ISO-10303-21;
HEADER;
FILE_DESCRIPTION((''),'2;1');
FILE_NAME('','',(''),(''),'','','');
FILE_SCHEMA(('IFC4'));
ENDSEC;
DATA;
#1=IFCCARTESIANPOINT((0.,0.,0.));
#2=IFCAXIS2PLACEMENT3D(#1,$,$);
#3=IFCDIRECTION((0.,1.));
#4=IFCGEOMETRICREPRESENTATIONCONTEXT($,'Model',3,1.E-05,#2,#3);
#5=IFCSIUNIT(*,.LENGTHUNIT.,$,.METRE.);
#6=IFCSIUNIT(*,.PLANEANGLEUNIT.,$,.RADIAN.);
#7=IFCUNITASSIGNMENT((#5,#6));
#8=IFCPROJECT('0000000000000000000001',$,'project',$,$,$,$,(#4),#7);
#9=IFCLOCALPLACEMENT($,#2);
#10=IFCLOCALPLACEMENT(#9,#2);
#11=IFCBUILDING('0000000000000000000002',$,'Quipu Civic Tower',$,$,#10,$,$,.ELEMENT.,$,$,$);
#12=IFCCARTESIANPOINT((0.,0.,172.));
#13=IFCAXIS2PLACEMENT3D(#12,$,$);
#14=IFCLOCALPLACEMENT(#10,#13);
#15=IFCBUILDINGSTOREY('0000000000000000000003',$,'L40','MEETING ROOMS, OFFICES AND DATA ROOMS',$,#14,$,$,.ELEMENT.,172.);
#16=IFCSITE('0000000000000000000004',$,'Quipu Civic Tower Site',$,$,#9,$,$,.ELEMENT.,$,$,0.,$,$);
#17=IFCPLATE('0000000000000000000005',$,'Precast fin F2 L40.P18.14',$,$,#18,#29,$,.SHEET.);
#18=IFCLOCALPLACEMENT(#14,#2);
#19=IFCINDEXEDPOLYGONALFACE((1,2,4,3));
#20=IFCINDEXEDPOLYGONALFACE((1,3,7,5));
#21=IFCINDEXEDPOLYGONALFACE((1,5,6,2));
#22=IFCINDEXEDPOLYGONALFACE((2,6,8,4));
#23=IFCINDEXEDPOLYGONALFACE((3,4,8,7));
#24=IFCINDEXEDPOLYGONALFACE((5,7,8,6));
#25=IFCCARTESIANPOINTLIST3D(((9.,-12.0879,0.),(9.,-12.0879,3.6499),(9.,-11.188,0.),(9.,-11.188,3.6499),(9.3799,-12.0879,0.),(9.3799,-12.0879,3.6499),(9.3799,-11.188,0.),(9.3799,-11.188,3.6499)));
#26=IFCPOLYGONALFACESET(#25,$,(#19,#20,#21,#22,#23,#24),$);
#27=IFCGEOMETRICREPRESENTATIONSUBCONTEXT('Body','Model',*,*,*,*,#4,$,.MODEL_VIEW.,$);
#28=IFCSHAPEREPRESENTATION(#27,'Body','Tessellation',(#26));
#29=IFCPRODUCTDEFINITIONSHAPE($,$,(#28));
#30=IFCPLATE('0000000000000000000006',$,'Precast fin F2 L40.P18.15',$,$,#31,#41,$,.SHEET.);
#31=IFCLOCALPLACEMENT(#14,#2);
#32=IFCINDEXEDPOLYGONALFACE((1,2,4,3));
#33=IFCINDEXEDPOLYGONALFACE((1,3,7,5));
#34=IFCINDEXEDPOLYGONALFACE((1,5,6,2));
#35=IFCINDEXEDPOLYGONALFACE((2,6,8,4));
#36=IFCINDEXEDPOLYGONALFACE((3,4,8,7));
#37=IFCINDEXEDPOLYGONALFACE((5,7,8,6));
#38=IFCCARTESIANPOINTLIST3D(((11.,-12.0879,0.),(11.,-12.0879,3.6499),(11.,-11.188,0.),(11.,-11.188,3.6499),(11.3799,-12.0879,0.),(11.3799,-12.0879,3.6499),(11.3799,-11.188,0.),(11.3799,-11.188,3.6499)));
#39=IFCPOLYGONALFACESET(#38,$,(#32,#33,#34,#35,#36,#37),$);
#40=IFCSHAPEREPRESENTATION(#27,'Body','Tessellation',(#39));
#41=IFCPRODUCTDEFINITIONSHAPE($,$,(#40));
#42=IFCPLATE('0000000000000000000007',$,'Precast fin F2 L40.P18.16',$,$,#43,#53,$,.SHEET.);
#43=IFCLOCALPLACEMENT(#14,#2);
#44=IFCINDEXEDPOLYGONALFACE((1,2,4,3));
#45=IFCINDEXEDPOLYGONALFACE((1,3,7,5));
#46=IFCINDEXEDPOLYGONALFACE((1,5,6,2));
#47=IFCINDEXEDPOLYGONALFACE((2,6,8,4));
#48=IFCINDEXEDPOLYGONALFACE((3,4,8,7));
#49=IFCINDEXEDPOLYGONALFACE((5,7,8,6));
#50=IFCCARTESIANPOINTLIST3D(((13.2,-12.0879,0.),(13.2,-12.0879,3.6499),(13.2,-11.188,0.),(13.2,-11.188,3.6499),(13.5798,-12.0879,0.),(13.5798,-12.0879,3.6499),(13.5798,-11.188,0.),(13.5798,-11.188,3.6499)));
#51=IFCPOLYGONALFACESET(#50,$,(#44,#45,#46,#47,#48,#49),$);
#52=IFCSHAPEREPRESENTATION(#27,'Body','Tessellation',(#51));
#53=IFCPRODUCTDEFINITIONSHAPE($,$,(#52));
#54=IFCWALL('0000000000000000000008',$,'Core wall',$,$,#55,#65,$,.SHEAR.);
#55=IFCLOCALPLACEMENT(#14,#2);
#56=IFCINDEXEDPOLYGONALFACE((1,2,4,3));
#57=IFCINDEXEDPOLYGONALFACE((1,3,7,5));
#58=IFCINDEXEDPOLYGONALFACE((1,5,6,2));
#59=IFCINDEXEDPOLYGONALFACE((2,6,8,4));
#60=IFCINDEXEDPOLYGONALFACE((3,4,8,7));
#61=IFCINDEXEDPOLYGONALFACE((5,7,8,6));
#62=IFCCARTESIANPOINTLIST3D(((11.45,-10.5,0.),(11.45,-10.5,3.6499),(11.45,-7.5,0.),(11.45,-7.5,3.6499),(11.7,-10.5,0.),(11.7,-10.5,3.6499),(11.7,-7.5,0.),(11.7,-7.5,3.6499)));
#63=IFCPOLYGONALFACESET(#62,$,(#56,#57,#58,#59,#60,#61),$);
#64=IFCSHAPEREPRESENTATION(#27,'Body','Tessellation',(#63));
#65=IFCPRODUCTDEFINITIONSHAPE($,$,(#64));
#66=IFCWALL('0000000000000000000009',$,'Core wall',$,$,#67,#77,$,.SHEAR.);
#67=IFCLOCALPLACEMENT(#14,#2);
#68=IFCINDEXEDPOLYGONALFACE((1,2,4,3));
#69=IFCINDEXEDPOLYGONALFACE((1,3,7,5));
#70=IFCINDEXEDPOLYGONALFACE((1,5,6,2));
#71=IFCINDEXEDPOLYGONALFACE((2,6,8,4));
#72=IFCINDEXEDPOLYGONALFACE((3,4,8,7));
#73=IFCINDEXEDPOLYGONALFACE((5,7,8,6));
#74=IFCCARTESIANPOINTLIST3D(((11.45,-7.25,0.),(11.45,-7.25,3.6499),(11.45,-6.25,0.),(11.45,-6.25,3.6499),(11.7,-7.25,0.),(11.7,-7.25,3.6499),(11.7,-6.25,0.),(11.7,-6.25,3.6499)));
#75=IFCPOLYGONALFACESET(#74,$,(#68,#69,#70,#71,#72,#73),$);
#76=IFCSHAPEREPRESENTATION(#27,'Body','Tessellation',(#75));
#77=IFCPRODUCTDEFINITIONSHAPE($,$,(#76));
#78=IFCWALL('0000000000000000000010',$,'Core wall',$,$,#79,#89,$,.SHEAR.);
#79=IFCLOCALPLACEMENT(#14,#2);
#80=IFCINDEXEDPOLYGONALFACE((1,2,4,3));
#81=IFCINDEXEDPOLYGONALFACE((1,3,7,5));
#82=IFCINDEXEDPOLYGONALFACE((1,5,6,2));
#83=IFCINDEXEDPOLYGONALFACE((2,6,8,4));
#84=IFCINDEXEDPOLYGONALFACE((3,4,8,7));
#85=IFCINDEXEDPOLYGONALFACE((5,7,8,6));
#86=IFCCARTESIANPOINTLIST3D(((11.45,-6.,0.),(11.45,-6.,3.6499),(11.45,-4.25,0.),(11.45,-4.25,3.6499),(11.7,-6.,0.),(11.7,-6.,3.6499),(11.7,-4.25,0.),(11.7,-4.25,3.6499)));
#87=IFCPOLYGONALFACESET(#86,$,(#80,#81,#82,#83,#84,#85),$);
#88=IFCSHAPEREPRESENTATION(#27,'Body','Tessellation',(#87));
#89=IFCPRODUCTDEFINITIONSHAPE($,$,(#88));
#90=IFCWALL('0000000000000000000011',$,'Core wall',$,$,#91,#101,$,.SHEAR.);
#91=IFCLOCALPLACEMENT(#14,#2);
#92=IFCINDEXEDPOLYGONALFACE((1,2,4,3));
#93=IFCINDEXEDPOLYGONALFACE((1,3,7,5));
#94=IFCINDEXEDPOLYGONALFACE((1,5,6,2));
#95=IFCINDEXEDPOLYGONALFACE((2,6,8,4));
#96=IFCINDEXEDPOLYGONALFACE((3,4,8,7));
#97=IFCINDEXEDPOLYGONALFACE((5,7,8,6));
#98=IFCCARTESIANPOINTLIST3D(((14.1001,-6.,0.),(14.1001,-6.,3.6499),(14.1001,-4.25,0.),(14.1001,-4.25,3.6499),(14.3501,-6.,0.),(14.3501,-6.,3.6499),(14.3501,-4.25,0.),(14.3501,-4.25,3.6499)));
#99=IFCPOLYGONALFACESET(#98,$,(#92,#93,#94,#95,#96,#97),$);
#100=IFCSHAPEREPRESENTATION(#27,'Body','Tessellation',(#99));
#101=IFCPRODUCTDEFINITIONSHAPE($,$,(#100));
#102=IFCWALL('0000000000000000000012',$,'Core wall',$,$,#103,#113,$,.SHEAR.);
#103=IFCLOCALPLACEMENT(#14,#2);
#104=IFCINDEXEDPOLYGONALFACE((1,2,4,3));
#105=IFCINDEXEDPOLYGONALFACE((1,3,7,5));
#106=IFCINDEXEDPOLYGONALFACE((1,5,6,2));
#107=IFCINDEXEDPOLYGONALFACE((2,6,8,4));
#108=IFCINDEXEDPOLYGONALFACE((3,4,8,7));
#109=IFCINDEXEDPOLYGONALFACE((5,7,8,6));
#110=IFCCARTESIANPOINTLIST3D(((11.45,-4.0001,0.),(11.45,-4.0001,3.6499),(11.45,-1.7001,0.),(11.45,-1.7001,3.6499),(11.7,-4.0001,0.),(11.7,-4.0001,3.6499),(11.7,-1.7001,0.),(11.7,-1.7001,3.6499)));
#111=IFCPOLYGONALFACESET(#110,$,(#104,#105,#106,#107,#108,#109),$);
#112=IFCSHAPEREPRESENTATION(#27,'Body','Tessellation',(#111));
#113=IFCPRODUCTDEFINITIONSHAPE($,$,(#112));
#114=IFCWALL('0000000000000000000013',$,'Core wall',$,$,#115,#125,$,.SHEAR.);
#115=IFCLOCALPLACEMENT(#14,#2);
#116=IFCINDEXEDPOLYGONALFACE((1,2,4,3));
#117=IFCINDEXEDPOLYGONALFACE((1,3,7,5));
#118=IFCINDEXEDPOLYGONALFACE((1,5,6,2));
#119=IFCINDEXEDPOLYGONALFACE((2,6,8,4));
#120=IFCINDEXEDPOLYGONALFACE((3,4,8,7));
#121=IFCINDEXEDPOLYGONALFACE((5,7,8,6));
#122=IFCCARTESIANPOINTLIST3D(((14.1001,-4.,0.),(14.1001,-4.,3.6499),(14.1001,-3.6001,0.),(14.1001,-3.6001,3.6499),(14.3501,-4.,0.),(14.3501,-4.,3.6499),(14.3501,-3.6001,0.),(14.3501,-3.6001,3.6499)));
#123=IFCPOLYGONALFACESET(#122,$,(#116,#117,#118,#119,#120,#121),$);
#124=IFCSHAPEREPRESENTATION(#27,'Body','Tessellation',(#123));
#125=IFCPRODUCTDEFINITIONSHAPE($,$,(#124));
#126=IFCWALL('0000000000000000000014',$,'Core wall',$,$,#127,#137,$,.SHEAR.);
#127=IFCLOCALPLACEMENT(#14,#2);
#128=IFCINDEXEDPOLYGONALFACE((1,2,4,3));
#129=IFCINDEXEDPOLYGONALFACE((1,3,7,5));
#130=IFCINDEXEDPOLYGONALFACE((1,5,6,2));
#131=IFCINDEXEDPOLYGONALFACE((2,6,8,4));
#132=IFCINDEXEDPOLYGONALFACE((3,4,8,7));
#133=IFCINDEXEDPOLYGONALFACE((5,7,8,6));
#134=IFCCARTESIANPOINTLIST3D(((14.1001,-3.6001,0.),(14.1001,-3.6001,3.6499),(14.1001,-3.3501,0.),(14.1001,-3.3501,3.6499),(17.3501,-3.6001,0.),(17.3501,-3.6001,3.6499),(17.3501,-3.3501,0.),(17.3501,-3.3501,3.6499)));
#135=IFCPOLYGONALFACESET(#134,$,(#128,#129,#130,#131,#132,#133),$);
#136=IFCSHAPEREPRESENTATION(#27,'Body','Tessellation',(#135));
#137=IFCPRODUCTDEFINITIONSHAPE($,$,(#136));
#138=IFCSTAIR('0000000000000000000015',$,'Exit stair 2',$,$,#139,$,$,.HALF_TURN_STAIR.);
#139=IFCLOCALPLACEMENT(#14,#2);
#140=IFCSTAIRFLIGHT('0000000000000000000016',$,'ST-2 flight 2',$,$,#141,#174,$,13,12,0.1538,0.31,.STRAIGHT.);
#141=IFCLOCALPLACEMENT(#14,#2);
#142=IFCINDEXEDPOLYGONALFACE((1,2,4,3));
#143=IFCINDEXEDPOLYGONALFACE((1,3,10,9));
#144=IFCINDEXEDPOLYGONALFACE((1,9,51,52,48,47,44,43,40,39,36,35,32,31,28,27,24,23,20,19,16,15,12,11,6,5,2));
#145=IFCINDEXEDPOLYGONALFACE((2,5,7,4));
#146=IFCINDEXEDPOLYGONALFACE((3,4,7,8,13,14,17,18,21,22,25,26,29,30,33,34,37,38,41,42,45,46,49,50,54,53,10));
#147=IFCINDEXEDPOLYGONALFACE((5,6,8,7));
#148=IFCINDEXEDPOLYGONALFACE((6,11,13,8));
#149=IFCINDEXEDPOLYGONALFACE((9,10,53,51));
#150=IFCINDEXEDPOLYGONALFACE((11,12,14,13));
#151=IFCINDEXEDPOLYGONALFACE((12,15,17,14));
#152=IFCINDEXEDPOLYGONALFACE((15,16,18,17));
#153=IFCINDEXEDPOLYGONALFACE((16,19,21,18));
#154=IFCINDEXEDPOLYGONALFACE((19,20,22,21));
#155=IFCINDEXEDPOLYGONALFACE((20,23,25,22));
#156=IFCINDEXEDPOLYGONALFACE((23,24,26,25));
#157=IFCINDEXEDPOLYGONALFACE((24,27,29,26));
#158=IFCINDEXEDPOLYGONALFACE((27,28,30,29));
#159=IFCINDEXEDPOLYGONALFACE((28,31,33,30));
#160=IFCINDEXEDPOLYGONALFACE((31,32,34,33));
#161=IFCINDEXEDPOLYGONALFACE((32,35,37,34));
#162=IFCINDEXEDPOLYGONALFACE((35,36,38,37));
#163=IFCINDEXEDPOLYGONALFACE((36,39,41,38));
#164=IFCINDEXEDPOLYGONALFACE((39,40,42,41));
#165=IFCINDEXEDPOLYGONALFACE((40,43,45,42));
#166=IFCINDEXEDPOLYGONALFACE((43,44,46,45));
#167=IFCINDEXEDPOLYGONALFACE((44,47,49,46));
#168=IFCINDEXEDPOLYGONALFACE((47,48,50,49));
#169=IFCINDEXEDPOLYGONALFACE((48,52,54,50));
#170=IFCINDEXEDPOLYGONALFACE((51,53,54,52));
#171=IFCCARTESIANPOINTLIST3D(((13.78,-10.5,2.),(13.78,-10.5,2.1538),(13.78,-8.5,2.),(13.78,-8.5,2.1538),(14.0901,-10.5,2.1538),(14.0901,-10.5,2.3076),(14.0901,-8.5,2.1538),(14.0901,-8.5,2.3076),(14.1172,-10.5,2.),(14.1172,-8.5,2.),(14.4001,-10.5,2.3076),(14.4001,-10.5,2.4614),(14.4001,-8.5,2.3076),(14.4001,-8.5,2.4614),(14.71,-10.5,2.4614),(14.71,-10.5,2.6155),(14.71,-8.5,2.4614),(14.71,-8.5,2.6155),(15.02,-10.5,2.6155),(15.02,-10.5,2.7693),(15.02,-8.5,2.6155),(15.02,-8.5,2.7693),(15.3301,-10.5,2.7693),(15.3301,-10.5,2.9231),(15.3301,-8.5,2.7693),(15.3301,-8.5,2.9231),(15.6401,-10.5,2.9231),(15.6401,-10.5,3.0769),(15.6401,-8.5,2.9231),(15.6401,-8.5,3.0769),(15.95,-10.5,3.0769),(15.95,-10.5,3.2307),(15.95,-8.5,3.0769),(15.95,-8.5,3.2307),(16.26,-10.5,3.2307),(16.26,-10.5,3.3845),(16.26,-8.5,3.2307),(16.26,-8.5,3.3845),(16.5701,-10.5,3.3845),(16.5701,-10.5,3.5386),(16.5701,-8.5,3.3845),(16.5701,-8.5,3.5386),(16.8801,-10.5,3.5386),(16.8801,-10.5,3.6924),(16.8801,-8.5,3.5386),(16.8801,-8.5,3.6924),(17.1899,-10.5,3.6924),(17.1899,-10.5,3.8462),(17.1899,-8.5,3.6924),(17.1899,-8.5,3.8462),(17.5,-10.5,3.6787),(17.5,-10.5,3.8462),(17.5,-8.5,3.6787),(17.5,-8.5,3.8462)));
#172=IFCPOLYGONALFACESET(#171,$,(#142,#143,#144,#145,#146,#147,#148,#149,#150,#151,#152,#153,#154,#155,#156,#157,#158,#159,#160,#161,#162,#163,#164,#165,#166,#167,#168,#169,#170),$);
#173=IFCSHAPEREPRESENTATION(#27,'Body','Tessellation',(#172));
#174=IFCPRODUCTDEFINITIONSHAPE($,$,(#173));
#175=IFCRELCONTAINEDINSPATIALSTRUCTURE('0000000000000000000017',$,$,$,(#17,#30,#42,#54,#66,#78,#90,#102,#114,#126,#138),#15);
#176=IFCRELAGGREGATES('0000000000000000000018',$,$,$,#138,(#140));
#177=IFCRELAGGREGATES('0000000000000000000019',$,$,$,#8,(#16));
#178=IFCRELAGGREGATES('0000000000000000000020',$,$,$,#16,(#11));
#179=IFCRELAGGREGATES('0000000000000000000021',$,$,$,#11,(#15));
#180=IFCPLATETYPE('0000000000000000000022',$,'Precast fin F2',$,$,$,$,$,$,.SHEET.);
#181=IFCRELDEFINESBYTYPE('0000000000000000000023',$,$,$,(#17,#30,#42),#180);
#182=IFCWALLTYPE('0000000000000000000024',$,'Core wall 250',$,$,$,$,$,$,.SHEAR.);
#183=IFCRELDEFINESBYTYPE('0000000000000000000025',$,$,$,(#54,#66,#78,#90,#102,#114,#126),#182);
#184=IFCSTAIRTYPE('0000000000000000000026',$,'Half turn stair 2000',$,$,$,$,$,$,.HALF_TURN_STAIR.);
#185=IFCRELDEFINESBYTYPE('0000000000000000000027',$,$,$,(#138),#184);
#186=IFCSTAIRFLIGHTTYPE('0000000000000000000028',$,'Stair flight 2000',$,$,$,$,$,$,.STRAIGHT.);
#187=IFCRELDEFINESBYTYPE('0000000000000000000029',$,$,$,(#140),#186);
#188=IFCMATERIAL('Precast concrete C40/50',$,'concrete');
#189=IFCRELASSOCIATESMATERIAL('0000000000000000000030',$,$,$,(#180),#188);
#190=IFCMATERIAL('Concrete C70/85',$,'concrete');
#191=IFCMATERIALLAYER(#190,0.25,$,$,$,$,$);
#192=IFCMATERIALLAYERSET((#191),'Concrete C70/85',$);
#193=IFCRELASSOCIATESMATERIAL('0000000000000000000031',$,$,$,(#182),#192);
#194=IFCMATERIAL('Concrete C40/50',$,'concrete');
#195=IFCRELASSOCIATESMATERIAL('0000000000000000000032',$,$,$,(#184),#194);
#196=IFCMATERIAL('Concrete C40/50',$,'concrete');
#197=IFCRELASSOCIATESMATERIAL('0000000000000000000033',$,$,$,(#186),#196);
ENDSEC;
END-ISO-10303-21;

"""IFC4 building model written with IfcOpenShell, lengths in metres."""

from ifc_helpers import new_model, si_unit, direction, frame, frame_2d, origin, origin_2d, place, context, subcontext, project, spatial, polyline, rectangle, outline, extrude, material, layer, layer_set, type_object, element, aggregate, save


model = new_model("IFC4")

# Units and contexts
model_context = context("Model", 3, precision=1e-05, world=origin(), true_north=direction((0.0, 1.0)))
body_context = subcontext(model_context, "Body", "Model", "MODEL_VIEW")
ifc_project = project(units=[si_unit("LENGTHUNIT", "METRE"), si_unit("PLANEANGLEUNIT", "RADIAN")], contexts=[model_context])

# Site, building, storey
site_placement = place(None, origin())
site = spatial("IfcSite", under=ifc_project, at=site_placement, Name="Quipu Civic Tower Site", CompositionType="ELEMENT", RefElevation=0.0)
building_placement = place(site_placement, origin())
building = spatial("IfcBuilding", under=site, at=building_placement, Name="Quipu Civic Tower", CompositionType="ELEMENT")
storey_placement = place(building_placement, frame((0.0, 0.0, 172.0)))
storey = spatial("IfcBuildingStorey", under=building, at=storey_placement, Name="L40", Description="MEETING ROOMS, OFFICES AND DATA ROOMS", CompositionType="ELEMENT", Elevation=172.0)

# Plates
ifc_material_1 = material(Name="Precast concrete C40/50", Category="concrete")
plate_type = type_object("IfcPlateType", Name="Precast fin F2", PredefinedType="SHEET", material=ifc_material_1)
for number, where, z_axis, x_axis, name in (
    (1, (9.1899, -11.6379, 0.0), (0.0, 0.0, 1.0), (1.0, 0.0, 0.0), "Precast fin F2 L40.P18.14"),
    (2, (11.1899, -11.6379, 0.0), (0.0, 0.0, 1.0), (1.0, 0.0, 0.0), "Precast fin F2 L40.P18.15"),
    (3, (13.3899, -11.6379, 0.0), (0.0, 0.0, 1.0), (1.0, 0.0, 0.0), "Precast fin F2 L40.P18.16"),
):
    element("IfcPlate", number, at=place(storey_placement, frame(where, z_axis=z_axis, x_axis=x_axis)), inside=storey, type_object=plate_type, Name=name, PredefinedType="SHEET", context=body_context, shape_type="SweptSolid", body=[
        extrude(rectangle(XDim=0.3799, YDim=0.8999, at=origin_2d()), origin(), (0.0, 0.0, 1.0), 3.6499),
    ])

# Wall
ifc_material_2 = material(Name="Concrete C70/85", Category="concrete")
ifc_layer = layer(ifc_material_2, 0.25)
ifc_layer_set = layer_set([ifc_layer], Name="Concrete C70/85")
wall_type = type_object("IfcWallType", Name="Core wall 250", PredefinedType="SHEAR", material=ifc_layer_set)
wall_1_placement = place(storey_placement, frame((11.575, -10.5, 0.0), z_axis=(0.0, 0.0, 1.0), x_axis=(0.0, 1.0, 0.0)))
element("IfcWall", 4, at=wall_1_placement, inside=storey, type_object=wall_type, Name="Core wall", PredefinedType="SHEAR", context=body_context, shape_type="SweptSolid", body=[
    extrude(rectangle(XDim=3.0, YDim=0.25, at=frame_2d((1.5, 0.0))), origin(), (0.0, 0.0, 1.0), 3.6499),
])

# Walls
wall_2_placement = place(storey_placement, frame((11.575, -7.25, 0.0), z_axis=(0.0, 0.0, 1.0), x_axis=(0.0, 1.0, 0.0)))
element("IfcWall", 5, at=wall_2_placement, inside=storey, type_object=wall_type, Name="Core wall", PredefinedType="SHEAR", context=body_context, shape_type="SweptSolid", body=[
    extrude(rectangle(XDim=1.0, YDim=0.25, at=frame_2d((0.5, 0.0))), origin(), (0.0, 0.0, 1.0), 3.6499),
])
for number, where, z_axis, x_axis, name in (
    (6, (11.575, -6.0, 0.0), (0.0, 0.0, 1.0), (0.0, 1.0, 0.0), "Core wall"),
    (7, (14.2251, -6.0, 0.0), (0.0, 0.0, 1.0), (0.0, 1.0, 0.0), "Core wall"),
):
    element("IfcWall", number, at=place(storey_placement, frame(where, z_axis=z_axis, x_axis=x_axis)), inside=storey, type_object=wall_type, Name=name, PredefinedType="SHEAR", context=body_context, shape_type="SweptSolid", body=[
        extrude(rectangle(XDim=1.75, YDim=0.25, at=frame_2d((0.875, 0.0))), origin(), (0.0, 0.0, 1.0), 3.6499),
    ])
wall_3_placement = place(storey_placement, frame((11.575, -4.0, 0.0), z_axis=(0.0, 0.0, 1.0), x_axis=(0.0, 1.0, 0.0)))
element("IfcWall", 8, at=wall_3_placement, inside=storey, type_object=wall_type, Name="Core wall", PredefinedType="SHEAR", context=body_context, shape_type="SweptSolid", body=[
    extrude(rectangle(XDim=2.3, YDim=0.25, at=frame_2d((1.1499, 0.0))), origin(), (0.0, 0.0, 1.0), 3.6499),
])
wall_4_placement = place(storey_placement, frame((14.2251, -4.0, 0.0), z_axis=(0.0, 0.0, 1.0), x_axis=(0.0, 1.0, 0.0)))
element("IfcWall", 9, at=wall_4_placement, inside=storey, type_object=wall_type, Name="Core wall", PredefinedType="SHEAR", context=body_context, shape_type="SweptSolid", body=[
    extrude(rectangle(XDim=0.3999, YDim=0.25, at=frame_2d((0.2, 0.0))), origin(), (0.0, 0.0, 1.0), 3.6499),
])
wall_5_placement = place(storey_placement, frame((14.1001, -3.4751, 0.0), z_axis=(0.0, 0.0, 1.0), x_axis=(1.0, 0.0, 0.0)))
element("IfcWall", 10, at=wall_5_placement, inside=storey, type_object=wall_type, Name="Core wall", PredefinedType="SHEAR", context=body_context, shape_type="SweptSolid", body=[
    extrude(rectangle(XDim=3.25, YDim=0.25, at=frame_2d((1.625, 0.0))), origin(), (0.0, 0.0, 1.0), 3.6499),
])

# Stair, stair flight
ifc_material_3 = material(Name="Concrete C40/50", Category="concrete")
stair_type = type_object("IfcStairType", Name="Half turn stair 2000", PredefinedType="HALF_TURN_STAIR", material=ifc_material_3)
stair_placement = place(storey_placement, origin())
stair = element("IfcStair", 11, at=stair_placement, inside=storey, type_object=stair_type, Name="Exit stair 2", PredefinedType="HALF_TURN_STAIR")
ifc_material_4 = material(Name="Concrete C40/50", Category="concrete")
stair_flight_type = type_object("IfcStairFlightType", Name="Stair flight 2000", PredefinedType="STRAIGHT", material=ifc_material_4)
stair_flight_placement = place(storey_placement, frame((13.78, -9.5, 2.0), z_axis=(0.0, 0.0, 1.0), x_axis=(1.0, 0.0, 0.0)))
stair_flight = element("IfcStairFlight", 12, at=stair_flight_placement, type_object=stair_flight_type, Name="ST-2 flight 2", NumberOfRisers=13, NumberOfTreads=12, PredefinedType="STRAIGHT", RiserHeight=0.1538, TreadLength=0.31, context=body_context, shape_type="SweptSolid", body=[
    extrude(outline(polyline([(0.0, 0.0), (0.0, 0.1538), (0.3101, 0.1538), (0.3101, 0.3076), (0.6201, 0.3076), (0.6201, 0.4614), (0.9299, 0.4614), (0.9299, 0.6155), (1.24, 0.6155), (1.24, 0.7693), (1.55, 0.7693), (1.55, 0.9231), (1.8601, 0.9231), (1.8601, 1.0769), (2.1699, 1.0769), (2.1699, 1.2307), (2.48, 1.2307), (2.48, 1.3845), (2.79, 1.3845), (2.79, 1.5386), (3.1001, 1.5386), (3.1001, 1.6924), (3.4099, 1.6924), (3.4099, 1.8462), (3.72, 1.8462), (3.72, 2.0), (3.72, 1.6787), (0.3372, 0.0), (0.0, 0.0)])), frame((0.0, 1.0, 0.0), z_axis=(0.0, -1.0, 0.0), x_axis=(1.0, 0.0, 0.0)), (0.0, 0.0, 1.0), 2.0),
])
aggregate(stair, [stair_flight])

save(model, "model.ifc")
